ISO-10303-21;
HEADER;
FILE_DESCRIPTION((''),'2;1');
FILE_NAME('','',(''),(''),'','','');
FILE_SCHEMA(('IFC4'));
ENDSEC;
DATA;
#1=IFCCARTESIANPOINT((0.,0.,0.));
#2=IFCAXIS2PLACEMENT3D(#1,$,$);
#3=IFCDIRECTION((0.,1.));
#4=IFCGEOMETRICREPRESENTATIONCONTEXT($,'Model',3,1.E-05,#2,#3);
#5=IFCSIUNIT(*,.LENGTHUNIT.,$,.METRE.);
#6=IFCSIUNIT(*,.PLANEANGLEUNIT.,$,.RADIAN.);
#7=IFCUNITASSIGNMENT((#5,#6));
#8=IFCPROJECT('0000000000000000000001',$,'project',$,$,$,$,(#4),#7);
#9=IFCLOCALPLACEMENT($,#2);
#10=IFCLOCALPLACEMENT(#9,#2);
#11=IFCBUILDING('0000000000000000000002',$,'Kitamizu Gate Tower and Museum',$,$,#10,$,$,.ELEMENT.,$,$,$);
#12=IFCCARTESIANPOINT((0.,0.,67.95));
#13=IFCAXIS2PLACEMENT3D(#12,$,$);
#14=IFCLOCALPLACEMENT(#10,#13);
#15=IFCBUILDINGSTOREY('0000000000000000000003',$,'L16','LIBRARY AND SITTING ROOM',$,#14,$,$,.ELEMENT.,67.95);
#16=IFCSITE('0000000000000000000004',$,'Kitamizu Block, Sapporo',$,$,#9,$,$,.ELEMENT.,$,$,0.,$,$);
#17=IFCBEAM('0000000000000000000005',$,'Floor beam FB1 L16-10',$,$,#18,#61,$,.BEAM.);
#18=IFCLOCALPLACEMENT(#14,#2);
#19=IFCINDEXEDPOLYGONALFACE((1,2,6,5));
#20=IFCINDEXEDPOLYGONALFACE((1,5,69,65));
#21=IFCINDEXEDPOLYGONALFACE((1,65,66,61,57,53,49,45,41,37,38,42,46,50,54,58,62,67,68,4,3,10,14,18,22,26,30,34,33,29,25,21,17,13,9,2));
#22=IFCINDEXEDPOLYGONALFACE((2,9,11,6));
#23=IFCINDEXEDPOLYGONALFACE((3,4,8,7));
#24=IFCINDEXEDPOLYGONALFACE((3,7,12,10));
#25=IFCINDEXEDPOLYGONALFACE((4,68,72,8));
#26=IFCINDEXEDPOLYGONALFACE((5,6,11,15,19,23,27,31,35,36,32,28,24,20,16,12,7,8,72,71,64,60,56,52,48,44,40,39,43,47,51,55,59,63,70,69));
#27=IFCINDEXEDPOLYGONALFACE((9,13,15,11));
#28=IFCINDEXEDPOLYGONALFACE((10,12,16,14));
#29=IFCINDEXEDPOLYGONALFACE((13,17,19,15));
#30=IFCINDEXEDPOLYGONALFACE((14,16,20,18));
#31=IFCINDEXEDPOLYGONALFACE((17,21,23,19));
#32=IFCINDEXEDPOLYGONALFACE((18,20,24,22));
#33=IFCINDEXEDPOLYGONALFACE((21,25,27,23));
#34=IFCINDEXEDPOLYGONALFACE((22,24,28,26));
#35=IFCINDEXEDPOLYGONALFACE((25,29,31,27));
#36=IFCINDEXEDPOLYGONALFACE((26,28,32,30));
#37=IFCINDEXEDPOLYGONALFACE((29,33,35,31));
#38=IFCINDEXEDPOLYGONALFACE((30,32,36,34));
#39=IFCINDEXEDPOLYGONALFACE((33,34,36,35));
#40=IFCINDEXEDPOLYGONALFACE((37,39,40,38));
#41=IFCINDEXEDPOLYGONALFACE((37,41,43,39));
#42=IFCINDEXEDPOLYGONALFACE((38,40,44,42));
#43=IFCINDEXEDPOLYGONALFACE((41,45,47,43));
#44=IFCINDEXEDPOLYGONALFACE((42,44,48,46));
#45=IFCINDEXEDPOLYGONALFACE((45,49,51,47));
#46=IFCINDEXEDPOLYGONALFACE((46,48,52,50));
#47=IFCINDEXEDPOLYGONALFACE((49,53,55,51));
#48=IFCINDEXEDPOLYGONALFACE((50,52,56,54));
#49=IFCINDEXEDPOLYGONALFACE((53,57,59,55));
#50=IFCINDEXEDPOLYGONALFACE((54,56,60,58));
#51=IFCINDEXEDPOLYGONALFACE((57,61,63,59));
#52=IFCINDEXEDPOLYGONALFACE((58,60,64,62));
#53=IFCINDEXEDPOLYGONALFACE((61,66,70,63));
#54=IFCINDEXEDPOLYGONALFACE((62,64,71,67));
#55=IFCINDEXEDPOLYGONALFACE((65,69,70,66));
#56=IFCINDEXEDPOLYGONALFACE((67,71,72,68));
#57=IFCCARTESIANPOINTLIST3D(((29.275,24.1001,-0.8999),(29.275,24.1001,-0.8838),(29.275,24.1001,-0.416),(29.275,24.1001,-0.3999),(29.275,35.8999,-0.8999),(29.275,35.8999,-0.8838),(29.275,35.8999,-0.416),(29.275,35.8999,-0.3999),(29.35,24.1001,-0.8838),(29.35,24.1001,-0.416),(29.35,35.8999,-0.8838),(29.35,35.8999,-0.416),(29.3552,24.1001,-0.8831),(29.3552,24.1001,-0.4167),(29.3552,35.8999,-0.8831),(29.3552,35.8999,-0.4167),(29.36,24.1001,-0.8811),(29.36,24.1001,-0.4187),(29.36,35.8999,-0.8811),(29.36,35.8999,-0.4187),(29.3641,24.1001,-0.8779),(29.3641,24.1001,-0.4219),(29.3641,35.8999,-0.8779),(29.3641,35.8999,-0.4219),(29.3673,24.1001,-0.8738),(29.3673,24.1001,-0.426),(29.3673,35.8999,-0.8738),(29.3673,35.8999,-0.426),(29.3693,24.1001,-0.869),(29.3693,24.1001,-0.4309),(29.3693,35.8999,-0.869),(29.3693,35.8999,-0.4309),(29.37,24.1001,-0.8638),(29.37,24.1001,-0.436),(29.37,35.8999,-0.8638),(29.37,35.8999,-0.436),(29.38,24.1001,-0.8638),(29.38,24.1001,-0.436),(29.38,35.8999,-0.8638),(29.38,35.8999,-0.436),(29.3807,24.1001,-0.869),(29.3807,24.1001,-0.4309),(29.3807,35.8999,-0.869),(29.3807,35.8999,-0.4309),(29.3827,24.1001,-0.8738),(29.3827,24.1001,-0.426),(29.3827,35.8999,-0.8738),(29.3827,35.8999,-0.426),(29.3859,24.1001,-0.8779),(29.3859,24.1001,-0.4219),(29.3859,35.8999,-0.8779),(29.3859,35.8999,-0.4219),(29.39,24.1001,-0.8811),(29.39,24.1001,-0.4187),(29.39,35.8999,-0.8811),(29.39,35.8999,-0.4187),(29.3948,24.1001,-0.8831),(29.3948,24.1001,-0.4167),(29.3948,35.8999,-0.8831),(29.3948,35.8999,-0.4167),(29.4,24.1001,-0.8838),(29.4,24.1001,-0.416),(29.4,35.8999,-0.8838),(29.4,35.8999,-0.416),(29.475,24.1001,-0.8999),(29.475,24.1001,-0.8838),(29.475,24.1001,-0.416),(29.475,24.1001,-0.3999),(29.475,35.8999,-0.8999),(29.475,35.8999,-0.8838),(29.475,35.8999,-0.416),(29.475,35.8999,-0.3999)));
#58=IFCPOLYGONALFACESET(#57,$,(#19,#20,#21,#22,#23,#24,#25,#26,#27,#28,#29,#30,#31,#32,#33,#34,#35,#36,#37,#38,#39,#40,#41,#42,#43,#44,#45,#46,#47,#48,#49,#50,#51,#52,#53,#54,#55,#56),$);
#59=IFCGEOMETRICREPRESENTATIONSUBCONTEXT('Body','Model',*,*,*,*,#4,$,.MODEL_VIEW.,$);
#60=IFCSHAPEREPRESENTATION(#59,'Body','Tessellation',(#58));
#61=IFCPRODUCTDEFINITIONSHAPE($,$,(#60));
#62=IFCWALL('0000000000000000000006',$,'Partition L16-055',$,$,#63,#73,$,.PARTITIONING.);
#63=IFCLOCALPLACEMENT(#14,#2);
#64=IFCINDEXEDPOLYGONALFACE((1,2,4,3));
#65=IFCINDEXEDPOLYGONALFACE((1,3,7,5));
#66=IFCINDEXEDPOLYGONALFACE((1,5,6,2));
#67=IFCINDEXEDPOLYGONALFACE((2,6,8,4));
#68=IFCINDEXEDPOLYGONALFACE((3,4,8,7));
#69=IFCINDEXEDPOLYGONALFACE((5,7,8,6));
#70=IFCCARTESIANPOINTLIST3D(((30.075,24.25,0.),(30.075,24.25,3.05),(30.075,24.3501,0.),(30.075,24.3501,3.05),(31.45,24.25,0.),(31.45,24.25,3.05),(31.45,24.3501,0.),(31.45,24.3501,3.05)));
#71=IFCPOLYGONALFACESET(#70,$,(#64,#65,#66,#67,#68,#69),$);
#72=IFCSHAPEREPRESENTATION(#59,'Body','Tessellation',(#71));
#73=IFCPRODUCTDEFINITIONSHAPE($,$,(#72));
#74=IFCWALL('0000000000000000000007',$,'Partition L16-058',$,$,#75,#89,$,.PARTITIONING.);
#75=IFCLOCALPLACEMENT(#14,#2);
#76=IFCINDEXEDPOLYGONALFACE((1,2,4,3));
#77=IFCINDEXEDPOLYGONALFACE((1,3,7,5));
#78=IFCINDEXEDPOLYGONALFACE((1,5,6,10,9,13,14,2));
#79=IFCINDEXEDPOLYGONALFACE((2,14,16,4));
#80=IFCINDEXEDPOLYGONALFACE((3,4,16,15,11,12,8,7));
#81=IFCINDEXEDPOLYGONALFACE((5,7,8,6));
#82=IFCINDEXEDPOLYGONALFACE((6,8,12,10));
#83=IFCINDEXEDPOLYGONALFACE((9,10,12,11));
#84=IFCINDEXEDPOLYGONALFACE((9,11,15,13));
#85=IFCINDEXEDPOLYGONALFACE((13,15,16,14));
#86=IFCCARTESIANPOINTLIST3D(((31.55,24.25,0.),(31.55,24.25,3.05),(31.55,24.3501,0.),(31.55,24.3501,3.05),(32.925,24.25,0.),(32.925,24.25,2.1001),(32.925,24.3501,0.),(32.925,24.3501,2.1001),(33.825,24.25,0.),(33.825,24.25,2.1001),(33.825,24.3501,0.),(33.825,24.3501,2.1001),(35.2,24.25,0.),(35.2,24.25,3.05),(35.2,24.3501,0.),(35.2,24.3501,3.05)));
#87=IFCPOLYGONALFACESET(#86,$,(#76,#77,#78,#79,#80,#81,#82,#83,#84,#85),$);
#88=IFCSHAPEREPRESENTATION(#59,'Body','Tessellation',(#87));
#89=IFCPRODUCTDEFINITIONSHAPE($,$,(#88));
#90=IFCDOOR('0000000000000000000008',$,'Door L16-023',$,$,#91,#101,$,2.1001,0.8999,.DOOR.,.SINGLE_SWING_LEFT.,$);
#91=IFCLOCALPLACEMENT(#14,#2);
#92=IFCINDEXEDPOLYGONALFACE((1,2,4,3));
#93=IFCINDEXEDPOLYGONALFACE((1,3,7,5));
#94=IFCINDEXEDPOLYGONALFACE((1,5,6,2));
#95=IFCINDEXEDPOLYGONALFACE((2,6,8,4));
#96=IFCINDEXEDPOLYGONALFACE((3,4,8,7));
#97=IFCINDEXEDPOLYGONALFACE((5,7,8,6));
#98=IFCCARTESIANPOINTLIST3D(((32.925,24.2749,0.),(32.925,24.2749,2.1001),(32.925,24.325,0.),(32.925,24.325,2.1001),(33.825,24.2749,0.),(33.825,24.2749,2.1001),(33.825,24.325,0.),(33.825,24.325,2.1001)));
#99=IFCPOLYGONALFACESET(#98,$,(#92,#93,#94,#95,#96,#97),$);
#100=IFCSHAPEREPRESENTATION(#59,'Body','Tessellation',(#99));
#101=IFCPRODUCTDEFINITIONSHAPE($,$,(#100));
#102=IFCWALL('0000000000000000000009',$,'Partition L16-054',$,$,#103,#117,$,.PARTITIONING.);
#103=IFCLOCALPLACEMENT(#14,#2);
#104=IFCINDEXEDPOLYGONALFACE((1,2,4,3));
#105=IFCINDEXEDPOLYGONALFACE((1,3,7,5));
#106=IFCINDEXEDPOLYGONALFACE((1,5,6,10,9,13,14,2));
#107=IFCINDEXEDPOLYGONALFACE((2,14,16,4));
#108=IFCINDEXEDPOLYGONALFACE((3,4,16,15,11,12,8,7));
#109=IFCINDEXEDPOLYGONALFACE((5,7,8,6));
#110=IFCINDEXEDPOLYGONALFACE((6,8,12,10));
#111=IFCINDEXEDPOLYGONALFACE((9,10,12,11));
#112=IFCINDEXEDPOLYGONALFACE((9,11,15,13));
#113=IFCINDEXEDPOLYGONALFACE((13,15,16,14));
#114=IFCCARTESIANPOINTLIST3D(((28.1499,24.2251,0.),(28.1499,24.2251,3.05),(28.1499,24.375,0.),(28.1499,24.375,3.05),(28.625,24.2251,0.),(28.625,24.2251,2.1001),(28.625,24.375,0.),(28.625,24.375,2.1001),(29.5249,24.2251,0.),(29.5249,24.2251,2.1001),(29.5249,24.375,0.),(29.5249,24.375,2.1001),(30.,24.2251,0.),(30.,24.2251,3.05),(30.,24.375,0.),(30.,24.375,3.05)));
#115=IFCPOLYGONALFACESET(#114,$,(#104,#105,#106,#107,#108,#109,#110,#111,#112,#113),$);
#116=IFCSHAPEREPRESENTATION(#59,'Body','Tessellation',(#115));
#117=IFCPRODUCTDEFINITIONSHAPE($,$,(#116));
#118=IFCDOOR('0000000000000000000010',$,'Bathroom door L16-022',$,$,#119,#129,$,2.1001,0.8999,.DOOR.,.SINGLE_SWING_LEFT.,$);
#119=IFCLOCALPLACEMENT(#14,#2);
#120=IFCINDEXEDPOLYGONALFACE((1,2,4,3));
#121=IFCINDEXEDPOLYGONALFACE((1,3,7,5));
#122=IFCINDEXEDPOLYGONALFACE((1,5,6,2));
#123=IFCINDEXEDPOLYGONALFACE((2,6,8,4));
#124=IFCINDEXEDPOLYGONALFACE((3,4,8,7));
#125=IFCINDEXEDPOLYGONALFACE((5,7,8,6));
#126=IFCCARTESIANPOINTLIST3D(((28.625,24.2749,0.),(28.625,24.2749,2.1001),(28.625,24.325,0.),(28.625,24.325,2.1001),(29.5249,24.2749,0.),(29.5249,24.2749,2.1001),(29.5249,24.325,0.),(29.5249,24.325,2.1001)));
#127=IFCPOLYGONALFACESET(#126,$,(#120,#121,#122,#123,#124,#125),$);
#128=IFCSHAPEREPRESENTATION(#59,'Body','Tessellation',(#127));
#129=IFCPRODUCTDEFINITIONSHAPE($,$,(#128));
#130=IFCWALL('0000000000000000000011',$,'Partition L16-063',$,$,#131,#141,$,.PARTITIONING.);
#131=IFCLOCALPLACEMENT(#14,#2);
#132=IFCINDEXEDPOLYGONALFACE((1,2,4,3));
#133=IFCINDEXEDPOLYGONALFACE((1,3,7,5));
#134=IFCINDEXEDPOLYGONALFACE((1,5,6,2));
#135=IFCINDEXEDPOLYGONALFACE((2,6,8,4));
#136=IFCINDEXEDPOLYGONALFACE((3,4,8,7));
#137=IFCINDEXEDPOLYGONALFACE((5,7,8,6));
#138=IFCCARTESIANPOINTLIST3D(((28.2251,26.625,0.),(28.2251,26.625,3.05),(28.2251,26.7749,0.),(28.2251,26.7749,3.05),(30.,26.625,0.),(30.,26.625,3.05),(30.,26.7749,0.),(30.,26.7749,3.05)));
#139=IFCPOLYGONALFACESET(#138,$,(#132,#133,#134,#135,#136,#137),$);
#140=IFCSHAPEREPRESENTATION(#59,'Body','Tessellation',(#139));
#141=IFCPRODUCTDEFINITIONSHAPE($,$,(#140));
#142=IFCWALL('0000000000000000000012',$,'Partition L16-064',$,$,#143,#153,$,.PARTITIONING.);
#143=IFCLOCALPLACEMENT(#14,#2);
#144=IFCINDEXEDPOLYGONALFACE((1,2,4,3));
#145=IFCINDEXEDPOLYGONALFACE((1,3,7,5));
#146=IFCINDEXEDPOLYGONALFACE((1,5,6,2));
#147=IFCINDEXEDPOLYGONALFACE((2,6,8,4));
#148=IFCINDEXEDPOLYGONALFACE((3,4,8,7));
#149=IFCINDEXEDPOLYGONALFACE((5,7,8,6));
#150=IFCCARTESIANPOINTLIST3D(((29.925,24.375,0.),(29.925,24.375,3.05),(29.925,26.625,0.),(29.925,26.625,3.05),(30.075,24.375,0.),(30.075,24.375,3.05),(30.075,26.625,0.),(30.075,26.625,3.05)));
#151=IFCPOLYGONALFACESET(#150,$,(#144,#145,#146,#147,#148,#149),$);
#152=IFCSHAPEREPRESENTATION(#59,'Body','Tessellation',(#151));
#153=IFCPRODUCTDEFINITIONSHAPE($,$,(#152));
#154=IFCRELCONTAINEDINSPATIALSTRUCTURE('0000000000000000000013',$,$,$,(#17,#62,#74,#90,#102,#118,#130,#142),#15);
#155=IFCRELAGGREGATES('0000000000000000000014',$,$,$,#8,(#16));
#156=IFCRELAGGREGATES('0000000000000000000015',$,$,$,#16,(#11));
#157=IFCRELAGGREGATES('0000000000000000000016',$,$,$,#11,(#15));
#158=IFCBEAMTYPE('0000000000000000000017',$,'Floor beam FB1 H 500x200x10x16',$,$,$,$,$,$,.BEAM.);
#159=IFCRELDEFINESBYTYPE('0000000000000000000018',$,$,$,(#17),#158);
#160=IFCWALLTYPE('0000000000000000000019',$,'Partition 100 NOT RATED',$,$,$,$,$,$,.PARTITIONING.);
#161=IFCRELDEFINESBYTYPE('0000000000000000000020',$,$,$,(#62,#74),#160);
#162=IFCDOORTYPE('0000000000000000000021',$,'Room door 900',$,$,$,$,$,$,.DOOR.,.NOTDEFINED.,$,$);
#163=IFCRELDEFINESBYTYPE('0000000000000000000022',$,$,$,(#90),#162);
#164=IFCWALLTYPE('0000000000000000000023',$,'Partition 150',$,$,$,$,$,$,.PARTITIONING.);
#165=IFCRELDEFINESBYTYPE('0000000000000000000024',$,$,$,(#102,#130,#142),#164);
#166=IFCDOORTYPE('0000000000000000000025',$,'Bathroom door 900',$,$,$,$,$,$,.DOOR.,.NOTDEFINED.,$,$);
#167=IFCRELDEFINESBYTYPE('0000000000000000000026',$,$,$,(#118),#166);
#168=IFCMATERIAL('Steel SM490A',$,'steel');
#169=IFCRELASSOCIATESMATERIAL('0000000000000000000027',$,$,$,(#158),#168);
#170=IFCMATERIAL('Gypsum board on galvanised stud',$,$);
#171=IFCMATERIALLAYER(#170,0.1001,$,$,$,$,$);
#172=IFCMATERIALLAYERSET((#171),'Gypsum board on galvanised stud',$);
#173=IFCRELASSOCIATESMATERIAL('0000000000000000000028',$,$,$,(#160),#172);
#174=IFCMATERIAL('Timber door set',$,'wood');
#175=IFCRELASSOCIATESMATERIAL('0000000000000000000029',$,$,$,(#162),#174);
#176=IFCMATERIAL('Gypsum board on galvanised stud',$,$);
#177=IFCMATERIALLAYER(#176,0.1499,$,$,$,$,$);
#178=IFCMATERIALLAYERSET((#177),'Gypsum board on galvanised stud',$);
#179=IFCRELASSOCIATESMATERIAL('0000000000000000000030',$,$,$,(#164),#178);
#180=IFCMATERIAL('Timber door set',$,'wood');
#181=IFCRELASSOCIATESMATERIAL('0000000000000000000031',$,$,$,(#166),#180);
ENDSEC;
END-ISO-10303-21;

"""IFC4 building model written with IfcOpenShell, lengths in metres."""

from ifc_helpers import new_model, si_unit, direction, frame, frame_2d, origin, origin_2d, place, context, subcontext, project, spatial, rectangle, i_section, extrude, material, layer, layer_set, material_profile, profile_set, type_object, element, fill, save


model = new_model("IFC4")

# Units and contexts
model_context = context("Model", 3, precision=1e-05, world=origin(), true_north=direction((0.0, 1.0)))
body_context = subcontext(model_context, "Body", "Model", "MODEL_VIEW")
ifc_project = project(units=[si_unit("LENGTHUNIT", "METRE"), si_unit("PLANEANGLEUNIT", "RADIAN")], contexts=[model_context])

# Site, building, storey
site_placement = place(None, origin())
site = spatial("IfcSite", under=ifc_project, at=site_placement, Name="Kitamizu Block, Sapporo", CompositionType="ELEMENT", RefElevation=0.0)
building_placement = place(site_placement, origin())
building = spatial("IfcBuilding", under=site, at=building_placement, Name="Kitamizu Gate Tower and Museum", CompositionType="ELEMENT")
storey_placement = place(building_placement, frame((0.0, 0.0, 67.95)))
storey = spatial("IfcBuildingStorey", under=building, at=storey_placement, Name="L16", Description="LIBRARY AND SITTING ROOM", CompositionType="ELEMENT", Elevation=67.95)

# Beam
ifc_material_1 = material(Name="Steel SM490A", Category="steel")
ifc_material_profile = material_profile(ifc_material_1, i_section(OverallWidth=0.2, OverallDepth=0.5, WebThickness=0.01, FlangeThickness=0.0161, FilletRadius=0.02, at=origin_2d()), Name="H-500x200x10x16")
ifc_profile_set = profile_set([ifc_material_profile], Name="Steel SM490A")
beam_type = type_object("IfcBeamType", Name="Floor beam FB1 H 500x200x10x16", PredefinedType="BEAM", material=ifc_profile_set)
beam_placement = place(storey_placement, frame((29.375, 24.1001, -0.6499), z_axis=(0.0, 1.0, 0.0), x_axis=(-1.0, 0.0, 0.0)))
element("IfcBeam", 1, at=beam_placement, inside=storey, type_object=beam_type, Name="Floor beam FB1 L16-10", PredefinedType="BEAM", context=body_context, shape_type="SweptSolid", body=[
    extrude(i_section(OverallWidth=0.2, OverallDepth=0.5, WebThickness=0.01, FlangeThickness=0.0161, FilletRadius=0.02, at=origin_2d()), origin(), (0.0, 0.0, 1.0), 11.7998),
])

# Wall
ifc_material_2 = material(Name="Gypsum board on galvanised stud")
ifc_layer_1 = layer(ifc_material_2, 0.1001)
ifc_layer_set_1 = layer_set([ifc_layer_1], Name="Gypsum board on galvanised stud")
wall_type_1 = type_object("IfcWallType", Name="Partition 100 NOT RATED", PredefinedType="PARTITIONING", material=ifc_layer_set_1)
wall_1_placement = place(storey_placement, frame((31.45, 24.3, 0.0), z_axis=(0.0, 0.0, 1.0), x_axis=(-1.0, 0.0, 0.0)))
element("IfcWall", 2, at=wall_1_placement, inside=storey, type_object=wall_type_1, Name="Partition L16-055", PredefinedType="PARTITIONING", context=body_context, shape_type="SweptSolid", body=[
    extrude(rectangle(XDim=1.375, YDim=0.1001, at=frame_2d((0.6875, 0.0))), origin(), (0.0, 0.0, 1.0), 3.05),
])

# Walls, openings, doors
wall_2_placement = place(storey_placement, frame((35.2, 24.3, 0.0), z_axis=(0.0, 0.0, 1.0), x_axis=(-1.0, 0.0, 0.0)))
wall_2 = element("IfcWall", 3, at=wall_2_placement, inside=storey, type_object=wall_type_1, Name="Partition L16-058", PredefinedType="PARTITIONING", context=body_context, shape_type="SweptSolid", body=[
    extrude(rectangle(XDim=3.6499, YDim=0.1001, at=frame_2d((1.825, 0.0))), origin(), (0.0, 0.0, 1.0), 3.05),
])
opening_1_placement = place(wall_2_placement, frame((1.375, 0.0, 0.0)))
opening_1 = element("IfcOpeningElement", 4, at=opening_1_placement, cuts=wall_2, PredefinedType="OPENING", context=body_context, shape_type="SweptSolid", body=[
    extrude(rectangle(XDim=0.8999, YDim=2.1001, at=frame_2d((0.45, 1.05))), frame((0.0, 0.0601, 0.0), z_axis=(0.0, -1.0, 0.0), x_axis=(1.0, 0.0, 0.0)), (0.0, 0.0, 1.0), 0.1201),
])
ifc_material_3 = material(Name="Timber door set", Category="wood")
door_type_1 = type_object("IfcDoorType", Name="Room door 900", OperationType="NOTDEFINED", PredefinedType="DOOR", material=ifc_material_3)
door_1_placement = place(opening_1_placement, frame((0.8999, 0.0, 0.0), x_axis=(-1.0, 0.0, 0.0)))
door_1 = element("IfcDoor", 5, at=door_1_placement, inside=storey, type_object=door_type_1, Name="Door L16-023", OperationType="SINGLE_SWING_LEFT", OverallHeight=2.1001, OverallWidth=0.8999, PredefinedType="DOOR", context=body_context, shape_type="SweptSolid", body=[
    extrude(rectangle(XDim=0.8999, YDim=2.1001, at=frame_2d((0.45, 1.05))), frame((0.0, 0.0249, 0.0), z_axis=(0.0, -1.0, 0.0), x_axis=(1.0, 0.0, 0.0)), (0.0, 0.0, 1.0), 0.05),
])
fill(opening_1, door_1)
ifc_material_4 = material(Name="Gypsum board on galvanised stud")
ifc_layer_2 = layer(ifc_material_4, 0.1499)
ifc_layer_set_2 = layer_set([ifc_layer_2], Name="Gypsum board on galvanised stud")
wall_type_2 = type_object("IfcWallType", Name="Partition 150", PredefinedType="PARTITIONING", material=ifc_layer_set_2)
wall_3_placement = place(storey_placement, frame((30.0, 24.3, 0.0), z_axis=(0.0, 0.0, 1.0), x_axis=(-1.0, 0.0, 0.0)))
wall_3 = element("IfcWall", 6, at=wall_3_placement, inside=storey, type_object=wall_type_2, Name="Partition L16-054", PredefinedType="PARTITIONING", context=body_context, shape_type="SweptSolid", body=[
    extrude(rectangle(XDim=1.8501, YDim=0.1499, at=frame_2d((0.925, 0.0))), origin(), (0.0, 0.0, 1.0), 3.05),
])
opening_2_placement = place(wall_3_placement, frame((0.4751, 0.0, 0.0)))
opening_2 = element("IfcOpeningElement", 7, at=opening_2_placement, cuts=wall_3, PredefinedType="OPENING", context=body_context, shape_type="SweptSolid", body=[
    extrude(rectangle(XDim=0.8999, YDim=2.1001, at=frame_2d((0.45, 1.05))), frame((0.0, 0.085, 0.0), z_axis=(0.0, -1.0, 0.0), x_axis=(1.0, 0.0, 0.0)), (0.0, 0.0, 1.0), 0.1699),
])
ifc_material_5 = material(Name="Timber door set", Category="wood")
door_type_2 = type_object("IfcDoorType", Name="Bathroom door 900", OperationType="NOTDEFINED", PredefinedType="DOOR", material=ifc_material_5)
door_2_placement = place(opening_2_placement, frame((0.8999, 0.0, 0.0), x_axis=(-1.0, 0.0, 0.0)))
door_2 = element("IfcDoor", 8, at=door_2_placement, inside=storey, type_object=door_type_2, Name="Bathroom door L16-022", OperationType="SINGLE_SWING_LEFT", OverallHeight=2.1001, OverallWidth=0.8999, PredefinedType="DOOR", context=body_context, shape_type="SweptSolid", body=[
    extrude(rectangle(XDim=0.8999, YDim=2.1001, at=frame_2d((0.45, 1.05))), frame((0.0, 0.0249, 0.0), z_axis=(0.0, -1.0, 0.0), x_axis=(1.0, 0.0, 0.0)), (0.0, 0.0, 1.0), 0.05),
])
fill(opening_2, door_2)

# Walls
wall_4_placement = place(storey_placement, frame((30.0, 26.7, 0.0), z_axis=(0.0, 0.0, 1.0), x_axis=(-1.0, 0.0, 0.0)))
element("IfcWall", 9, at=wall_4_placement, inside=storey, type_object=wall_type_2, Name="Partition L16-063", PredefinedType="PARTITIONING", context=body_context, shape_type="SweptSolid", body=[
    extrude(rectangle(XDim=1.7749, YDim=0.1499, at=frame_2d((0.8875, 0.0))), origin(), (0.0, 0.0, 1.0), 3.05),
])
wall_5_placement = place(storey_placement, frame((30.0, 24.375, 0.0), z_axis=(0.0, 0.0, 1.0), x_axis=(0.0, 1.0, 0.0)))
element("IfcWall", 10, at=wall_5_placement, inside=storey, type_object=wall_type_2, Name="Partition L16-064", PredefinedType="PARTITIONING", context=body_context, shape_type="SweptSolid", body=[
    extrude(rectangle(XDim=2.25, YDim=0.1499, at=frame_2d((1.125, 0.0))), origin(), (0.0, 0.0, 1.0), 3.05),
])

save(model, "model.ifc")
